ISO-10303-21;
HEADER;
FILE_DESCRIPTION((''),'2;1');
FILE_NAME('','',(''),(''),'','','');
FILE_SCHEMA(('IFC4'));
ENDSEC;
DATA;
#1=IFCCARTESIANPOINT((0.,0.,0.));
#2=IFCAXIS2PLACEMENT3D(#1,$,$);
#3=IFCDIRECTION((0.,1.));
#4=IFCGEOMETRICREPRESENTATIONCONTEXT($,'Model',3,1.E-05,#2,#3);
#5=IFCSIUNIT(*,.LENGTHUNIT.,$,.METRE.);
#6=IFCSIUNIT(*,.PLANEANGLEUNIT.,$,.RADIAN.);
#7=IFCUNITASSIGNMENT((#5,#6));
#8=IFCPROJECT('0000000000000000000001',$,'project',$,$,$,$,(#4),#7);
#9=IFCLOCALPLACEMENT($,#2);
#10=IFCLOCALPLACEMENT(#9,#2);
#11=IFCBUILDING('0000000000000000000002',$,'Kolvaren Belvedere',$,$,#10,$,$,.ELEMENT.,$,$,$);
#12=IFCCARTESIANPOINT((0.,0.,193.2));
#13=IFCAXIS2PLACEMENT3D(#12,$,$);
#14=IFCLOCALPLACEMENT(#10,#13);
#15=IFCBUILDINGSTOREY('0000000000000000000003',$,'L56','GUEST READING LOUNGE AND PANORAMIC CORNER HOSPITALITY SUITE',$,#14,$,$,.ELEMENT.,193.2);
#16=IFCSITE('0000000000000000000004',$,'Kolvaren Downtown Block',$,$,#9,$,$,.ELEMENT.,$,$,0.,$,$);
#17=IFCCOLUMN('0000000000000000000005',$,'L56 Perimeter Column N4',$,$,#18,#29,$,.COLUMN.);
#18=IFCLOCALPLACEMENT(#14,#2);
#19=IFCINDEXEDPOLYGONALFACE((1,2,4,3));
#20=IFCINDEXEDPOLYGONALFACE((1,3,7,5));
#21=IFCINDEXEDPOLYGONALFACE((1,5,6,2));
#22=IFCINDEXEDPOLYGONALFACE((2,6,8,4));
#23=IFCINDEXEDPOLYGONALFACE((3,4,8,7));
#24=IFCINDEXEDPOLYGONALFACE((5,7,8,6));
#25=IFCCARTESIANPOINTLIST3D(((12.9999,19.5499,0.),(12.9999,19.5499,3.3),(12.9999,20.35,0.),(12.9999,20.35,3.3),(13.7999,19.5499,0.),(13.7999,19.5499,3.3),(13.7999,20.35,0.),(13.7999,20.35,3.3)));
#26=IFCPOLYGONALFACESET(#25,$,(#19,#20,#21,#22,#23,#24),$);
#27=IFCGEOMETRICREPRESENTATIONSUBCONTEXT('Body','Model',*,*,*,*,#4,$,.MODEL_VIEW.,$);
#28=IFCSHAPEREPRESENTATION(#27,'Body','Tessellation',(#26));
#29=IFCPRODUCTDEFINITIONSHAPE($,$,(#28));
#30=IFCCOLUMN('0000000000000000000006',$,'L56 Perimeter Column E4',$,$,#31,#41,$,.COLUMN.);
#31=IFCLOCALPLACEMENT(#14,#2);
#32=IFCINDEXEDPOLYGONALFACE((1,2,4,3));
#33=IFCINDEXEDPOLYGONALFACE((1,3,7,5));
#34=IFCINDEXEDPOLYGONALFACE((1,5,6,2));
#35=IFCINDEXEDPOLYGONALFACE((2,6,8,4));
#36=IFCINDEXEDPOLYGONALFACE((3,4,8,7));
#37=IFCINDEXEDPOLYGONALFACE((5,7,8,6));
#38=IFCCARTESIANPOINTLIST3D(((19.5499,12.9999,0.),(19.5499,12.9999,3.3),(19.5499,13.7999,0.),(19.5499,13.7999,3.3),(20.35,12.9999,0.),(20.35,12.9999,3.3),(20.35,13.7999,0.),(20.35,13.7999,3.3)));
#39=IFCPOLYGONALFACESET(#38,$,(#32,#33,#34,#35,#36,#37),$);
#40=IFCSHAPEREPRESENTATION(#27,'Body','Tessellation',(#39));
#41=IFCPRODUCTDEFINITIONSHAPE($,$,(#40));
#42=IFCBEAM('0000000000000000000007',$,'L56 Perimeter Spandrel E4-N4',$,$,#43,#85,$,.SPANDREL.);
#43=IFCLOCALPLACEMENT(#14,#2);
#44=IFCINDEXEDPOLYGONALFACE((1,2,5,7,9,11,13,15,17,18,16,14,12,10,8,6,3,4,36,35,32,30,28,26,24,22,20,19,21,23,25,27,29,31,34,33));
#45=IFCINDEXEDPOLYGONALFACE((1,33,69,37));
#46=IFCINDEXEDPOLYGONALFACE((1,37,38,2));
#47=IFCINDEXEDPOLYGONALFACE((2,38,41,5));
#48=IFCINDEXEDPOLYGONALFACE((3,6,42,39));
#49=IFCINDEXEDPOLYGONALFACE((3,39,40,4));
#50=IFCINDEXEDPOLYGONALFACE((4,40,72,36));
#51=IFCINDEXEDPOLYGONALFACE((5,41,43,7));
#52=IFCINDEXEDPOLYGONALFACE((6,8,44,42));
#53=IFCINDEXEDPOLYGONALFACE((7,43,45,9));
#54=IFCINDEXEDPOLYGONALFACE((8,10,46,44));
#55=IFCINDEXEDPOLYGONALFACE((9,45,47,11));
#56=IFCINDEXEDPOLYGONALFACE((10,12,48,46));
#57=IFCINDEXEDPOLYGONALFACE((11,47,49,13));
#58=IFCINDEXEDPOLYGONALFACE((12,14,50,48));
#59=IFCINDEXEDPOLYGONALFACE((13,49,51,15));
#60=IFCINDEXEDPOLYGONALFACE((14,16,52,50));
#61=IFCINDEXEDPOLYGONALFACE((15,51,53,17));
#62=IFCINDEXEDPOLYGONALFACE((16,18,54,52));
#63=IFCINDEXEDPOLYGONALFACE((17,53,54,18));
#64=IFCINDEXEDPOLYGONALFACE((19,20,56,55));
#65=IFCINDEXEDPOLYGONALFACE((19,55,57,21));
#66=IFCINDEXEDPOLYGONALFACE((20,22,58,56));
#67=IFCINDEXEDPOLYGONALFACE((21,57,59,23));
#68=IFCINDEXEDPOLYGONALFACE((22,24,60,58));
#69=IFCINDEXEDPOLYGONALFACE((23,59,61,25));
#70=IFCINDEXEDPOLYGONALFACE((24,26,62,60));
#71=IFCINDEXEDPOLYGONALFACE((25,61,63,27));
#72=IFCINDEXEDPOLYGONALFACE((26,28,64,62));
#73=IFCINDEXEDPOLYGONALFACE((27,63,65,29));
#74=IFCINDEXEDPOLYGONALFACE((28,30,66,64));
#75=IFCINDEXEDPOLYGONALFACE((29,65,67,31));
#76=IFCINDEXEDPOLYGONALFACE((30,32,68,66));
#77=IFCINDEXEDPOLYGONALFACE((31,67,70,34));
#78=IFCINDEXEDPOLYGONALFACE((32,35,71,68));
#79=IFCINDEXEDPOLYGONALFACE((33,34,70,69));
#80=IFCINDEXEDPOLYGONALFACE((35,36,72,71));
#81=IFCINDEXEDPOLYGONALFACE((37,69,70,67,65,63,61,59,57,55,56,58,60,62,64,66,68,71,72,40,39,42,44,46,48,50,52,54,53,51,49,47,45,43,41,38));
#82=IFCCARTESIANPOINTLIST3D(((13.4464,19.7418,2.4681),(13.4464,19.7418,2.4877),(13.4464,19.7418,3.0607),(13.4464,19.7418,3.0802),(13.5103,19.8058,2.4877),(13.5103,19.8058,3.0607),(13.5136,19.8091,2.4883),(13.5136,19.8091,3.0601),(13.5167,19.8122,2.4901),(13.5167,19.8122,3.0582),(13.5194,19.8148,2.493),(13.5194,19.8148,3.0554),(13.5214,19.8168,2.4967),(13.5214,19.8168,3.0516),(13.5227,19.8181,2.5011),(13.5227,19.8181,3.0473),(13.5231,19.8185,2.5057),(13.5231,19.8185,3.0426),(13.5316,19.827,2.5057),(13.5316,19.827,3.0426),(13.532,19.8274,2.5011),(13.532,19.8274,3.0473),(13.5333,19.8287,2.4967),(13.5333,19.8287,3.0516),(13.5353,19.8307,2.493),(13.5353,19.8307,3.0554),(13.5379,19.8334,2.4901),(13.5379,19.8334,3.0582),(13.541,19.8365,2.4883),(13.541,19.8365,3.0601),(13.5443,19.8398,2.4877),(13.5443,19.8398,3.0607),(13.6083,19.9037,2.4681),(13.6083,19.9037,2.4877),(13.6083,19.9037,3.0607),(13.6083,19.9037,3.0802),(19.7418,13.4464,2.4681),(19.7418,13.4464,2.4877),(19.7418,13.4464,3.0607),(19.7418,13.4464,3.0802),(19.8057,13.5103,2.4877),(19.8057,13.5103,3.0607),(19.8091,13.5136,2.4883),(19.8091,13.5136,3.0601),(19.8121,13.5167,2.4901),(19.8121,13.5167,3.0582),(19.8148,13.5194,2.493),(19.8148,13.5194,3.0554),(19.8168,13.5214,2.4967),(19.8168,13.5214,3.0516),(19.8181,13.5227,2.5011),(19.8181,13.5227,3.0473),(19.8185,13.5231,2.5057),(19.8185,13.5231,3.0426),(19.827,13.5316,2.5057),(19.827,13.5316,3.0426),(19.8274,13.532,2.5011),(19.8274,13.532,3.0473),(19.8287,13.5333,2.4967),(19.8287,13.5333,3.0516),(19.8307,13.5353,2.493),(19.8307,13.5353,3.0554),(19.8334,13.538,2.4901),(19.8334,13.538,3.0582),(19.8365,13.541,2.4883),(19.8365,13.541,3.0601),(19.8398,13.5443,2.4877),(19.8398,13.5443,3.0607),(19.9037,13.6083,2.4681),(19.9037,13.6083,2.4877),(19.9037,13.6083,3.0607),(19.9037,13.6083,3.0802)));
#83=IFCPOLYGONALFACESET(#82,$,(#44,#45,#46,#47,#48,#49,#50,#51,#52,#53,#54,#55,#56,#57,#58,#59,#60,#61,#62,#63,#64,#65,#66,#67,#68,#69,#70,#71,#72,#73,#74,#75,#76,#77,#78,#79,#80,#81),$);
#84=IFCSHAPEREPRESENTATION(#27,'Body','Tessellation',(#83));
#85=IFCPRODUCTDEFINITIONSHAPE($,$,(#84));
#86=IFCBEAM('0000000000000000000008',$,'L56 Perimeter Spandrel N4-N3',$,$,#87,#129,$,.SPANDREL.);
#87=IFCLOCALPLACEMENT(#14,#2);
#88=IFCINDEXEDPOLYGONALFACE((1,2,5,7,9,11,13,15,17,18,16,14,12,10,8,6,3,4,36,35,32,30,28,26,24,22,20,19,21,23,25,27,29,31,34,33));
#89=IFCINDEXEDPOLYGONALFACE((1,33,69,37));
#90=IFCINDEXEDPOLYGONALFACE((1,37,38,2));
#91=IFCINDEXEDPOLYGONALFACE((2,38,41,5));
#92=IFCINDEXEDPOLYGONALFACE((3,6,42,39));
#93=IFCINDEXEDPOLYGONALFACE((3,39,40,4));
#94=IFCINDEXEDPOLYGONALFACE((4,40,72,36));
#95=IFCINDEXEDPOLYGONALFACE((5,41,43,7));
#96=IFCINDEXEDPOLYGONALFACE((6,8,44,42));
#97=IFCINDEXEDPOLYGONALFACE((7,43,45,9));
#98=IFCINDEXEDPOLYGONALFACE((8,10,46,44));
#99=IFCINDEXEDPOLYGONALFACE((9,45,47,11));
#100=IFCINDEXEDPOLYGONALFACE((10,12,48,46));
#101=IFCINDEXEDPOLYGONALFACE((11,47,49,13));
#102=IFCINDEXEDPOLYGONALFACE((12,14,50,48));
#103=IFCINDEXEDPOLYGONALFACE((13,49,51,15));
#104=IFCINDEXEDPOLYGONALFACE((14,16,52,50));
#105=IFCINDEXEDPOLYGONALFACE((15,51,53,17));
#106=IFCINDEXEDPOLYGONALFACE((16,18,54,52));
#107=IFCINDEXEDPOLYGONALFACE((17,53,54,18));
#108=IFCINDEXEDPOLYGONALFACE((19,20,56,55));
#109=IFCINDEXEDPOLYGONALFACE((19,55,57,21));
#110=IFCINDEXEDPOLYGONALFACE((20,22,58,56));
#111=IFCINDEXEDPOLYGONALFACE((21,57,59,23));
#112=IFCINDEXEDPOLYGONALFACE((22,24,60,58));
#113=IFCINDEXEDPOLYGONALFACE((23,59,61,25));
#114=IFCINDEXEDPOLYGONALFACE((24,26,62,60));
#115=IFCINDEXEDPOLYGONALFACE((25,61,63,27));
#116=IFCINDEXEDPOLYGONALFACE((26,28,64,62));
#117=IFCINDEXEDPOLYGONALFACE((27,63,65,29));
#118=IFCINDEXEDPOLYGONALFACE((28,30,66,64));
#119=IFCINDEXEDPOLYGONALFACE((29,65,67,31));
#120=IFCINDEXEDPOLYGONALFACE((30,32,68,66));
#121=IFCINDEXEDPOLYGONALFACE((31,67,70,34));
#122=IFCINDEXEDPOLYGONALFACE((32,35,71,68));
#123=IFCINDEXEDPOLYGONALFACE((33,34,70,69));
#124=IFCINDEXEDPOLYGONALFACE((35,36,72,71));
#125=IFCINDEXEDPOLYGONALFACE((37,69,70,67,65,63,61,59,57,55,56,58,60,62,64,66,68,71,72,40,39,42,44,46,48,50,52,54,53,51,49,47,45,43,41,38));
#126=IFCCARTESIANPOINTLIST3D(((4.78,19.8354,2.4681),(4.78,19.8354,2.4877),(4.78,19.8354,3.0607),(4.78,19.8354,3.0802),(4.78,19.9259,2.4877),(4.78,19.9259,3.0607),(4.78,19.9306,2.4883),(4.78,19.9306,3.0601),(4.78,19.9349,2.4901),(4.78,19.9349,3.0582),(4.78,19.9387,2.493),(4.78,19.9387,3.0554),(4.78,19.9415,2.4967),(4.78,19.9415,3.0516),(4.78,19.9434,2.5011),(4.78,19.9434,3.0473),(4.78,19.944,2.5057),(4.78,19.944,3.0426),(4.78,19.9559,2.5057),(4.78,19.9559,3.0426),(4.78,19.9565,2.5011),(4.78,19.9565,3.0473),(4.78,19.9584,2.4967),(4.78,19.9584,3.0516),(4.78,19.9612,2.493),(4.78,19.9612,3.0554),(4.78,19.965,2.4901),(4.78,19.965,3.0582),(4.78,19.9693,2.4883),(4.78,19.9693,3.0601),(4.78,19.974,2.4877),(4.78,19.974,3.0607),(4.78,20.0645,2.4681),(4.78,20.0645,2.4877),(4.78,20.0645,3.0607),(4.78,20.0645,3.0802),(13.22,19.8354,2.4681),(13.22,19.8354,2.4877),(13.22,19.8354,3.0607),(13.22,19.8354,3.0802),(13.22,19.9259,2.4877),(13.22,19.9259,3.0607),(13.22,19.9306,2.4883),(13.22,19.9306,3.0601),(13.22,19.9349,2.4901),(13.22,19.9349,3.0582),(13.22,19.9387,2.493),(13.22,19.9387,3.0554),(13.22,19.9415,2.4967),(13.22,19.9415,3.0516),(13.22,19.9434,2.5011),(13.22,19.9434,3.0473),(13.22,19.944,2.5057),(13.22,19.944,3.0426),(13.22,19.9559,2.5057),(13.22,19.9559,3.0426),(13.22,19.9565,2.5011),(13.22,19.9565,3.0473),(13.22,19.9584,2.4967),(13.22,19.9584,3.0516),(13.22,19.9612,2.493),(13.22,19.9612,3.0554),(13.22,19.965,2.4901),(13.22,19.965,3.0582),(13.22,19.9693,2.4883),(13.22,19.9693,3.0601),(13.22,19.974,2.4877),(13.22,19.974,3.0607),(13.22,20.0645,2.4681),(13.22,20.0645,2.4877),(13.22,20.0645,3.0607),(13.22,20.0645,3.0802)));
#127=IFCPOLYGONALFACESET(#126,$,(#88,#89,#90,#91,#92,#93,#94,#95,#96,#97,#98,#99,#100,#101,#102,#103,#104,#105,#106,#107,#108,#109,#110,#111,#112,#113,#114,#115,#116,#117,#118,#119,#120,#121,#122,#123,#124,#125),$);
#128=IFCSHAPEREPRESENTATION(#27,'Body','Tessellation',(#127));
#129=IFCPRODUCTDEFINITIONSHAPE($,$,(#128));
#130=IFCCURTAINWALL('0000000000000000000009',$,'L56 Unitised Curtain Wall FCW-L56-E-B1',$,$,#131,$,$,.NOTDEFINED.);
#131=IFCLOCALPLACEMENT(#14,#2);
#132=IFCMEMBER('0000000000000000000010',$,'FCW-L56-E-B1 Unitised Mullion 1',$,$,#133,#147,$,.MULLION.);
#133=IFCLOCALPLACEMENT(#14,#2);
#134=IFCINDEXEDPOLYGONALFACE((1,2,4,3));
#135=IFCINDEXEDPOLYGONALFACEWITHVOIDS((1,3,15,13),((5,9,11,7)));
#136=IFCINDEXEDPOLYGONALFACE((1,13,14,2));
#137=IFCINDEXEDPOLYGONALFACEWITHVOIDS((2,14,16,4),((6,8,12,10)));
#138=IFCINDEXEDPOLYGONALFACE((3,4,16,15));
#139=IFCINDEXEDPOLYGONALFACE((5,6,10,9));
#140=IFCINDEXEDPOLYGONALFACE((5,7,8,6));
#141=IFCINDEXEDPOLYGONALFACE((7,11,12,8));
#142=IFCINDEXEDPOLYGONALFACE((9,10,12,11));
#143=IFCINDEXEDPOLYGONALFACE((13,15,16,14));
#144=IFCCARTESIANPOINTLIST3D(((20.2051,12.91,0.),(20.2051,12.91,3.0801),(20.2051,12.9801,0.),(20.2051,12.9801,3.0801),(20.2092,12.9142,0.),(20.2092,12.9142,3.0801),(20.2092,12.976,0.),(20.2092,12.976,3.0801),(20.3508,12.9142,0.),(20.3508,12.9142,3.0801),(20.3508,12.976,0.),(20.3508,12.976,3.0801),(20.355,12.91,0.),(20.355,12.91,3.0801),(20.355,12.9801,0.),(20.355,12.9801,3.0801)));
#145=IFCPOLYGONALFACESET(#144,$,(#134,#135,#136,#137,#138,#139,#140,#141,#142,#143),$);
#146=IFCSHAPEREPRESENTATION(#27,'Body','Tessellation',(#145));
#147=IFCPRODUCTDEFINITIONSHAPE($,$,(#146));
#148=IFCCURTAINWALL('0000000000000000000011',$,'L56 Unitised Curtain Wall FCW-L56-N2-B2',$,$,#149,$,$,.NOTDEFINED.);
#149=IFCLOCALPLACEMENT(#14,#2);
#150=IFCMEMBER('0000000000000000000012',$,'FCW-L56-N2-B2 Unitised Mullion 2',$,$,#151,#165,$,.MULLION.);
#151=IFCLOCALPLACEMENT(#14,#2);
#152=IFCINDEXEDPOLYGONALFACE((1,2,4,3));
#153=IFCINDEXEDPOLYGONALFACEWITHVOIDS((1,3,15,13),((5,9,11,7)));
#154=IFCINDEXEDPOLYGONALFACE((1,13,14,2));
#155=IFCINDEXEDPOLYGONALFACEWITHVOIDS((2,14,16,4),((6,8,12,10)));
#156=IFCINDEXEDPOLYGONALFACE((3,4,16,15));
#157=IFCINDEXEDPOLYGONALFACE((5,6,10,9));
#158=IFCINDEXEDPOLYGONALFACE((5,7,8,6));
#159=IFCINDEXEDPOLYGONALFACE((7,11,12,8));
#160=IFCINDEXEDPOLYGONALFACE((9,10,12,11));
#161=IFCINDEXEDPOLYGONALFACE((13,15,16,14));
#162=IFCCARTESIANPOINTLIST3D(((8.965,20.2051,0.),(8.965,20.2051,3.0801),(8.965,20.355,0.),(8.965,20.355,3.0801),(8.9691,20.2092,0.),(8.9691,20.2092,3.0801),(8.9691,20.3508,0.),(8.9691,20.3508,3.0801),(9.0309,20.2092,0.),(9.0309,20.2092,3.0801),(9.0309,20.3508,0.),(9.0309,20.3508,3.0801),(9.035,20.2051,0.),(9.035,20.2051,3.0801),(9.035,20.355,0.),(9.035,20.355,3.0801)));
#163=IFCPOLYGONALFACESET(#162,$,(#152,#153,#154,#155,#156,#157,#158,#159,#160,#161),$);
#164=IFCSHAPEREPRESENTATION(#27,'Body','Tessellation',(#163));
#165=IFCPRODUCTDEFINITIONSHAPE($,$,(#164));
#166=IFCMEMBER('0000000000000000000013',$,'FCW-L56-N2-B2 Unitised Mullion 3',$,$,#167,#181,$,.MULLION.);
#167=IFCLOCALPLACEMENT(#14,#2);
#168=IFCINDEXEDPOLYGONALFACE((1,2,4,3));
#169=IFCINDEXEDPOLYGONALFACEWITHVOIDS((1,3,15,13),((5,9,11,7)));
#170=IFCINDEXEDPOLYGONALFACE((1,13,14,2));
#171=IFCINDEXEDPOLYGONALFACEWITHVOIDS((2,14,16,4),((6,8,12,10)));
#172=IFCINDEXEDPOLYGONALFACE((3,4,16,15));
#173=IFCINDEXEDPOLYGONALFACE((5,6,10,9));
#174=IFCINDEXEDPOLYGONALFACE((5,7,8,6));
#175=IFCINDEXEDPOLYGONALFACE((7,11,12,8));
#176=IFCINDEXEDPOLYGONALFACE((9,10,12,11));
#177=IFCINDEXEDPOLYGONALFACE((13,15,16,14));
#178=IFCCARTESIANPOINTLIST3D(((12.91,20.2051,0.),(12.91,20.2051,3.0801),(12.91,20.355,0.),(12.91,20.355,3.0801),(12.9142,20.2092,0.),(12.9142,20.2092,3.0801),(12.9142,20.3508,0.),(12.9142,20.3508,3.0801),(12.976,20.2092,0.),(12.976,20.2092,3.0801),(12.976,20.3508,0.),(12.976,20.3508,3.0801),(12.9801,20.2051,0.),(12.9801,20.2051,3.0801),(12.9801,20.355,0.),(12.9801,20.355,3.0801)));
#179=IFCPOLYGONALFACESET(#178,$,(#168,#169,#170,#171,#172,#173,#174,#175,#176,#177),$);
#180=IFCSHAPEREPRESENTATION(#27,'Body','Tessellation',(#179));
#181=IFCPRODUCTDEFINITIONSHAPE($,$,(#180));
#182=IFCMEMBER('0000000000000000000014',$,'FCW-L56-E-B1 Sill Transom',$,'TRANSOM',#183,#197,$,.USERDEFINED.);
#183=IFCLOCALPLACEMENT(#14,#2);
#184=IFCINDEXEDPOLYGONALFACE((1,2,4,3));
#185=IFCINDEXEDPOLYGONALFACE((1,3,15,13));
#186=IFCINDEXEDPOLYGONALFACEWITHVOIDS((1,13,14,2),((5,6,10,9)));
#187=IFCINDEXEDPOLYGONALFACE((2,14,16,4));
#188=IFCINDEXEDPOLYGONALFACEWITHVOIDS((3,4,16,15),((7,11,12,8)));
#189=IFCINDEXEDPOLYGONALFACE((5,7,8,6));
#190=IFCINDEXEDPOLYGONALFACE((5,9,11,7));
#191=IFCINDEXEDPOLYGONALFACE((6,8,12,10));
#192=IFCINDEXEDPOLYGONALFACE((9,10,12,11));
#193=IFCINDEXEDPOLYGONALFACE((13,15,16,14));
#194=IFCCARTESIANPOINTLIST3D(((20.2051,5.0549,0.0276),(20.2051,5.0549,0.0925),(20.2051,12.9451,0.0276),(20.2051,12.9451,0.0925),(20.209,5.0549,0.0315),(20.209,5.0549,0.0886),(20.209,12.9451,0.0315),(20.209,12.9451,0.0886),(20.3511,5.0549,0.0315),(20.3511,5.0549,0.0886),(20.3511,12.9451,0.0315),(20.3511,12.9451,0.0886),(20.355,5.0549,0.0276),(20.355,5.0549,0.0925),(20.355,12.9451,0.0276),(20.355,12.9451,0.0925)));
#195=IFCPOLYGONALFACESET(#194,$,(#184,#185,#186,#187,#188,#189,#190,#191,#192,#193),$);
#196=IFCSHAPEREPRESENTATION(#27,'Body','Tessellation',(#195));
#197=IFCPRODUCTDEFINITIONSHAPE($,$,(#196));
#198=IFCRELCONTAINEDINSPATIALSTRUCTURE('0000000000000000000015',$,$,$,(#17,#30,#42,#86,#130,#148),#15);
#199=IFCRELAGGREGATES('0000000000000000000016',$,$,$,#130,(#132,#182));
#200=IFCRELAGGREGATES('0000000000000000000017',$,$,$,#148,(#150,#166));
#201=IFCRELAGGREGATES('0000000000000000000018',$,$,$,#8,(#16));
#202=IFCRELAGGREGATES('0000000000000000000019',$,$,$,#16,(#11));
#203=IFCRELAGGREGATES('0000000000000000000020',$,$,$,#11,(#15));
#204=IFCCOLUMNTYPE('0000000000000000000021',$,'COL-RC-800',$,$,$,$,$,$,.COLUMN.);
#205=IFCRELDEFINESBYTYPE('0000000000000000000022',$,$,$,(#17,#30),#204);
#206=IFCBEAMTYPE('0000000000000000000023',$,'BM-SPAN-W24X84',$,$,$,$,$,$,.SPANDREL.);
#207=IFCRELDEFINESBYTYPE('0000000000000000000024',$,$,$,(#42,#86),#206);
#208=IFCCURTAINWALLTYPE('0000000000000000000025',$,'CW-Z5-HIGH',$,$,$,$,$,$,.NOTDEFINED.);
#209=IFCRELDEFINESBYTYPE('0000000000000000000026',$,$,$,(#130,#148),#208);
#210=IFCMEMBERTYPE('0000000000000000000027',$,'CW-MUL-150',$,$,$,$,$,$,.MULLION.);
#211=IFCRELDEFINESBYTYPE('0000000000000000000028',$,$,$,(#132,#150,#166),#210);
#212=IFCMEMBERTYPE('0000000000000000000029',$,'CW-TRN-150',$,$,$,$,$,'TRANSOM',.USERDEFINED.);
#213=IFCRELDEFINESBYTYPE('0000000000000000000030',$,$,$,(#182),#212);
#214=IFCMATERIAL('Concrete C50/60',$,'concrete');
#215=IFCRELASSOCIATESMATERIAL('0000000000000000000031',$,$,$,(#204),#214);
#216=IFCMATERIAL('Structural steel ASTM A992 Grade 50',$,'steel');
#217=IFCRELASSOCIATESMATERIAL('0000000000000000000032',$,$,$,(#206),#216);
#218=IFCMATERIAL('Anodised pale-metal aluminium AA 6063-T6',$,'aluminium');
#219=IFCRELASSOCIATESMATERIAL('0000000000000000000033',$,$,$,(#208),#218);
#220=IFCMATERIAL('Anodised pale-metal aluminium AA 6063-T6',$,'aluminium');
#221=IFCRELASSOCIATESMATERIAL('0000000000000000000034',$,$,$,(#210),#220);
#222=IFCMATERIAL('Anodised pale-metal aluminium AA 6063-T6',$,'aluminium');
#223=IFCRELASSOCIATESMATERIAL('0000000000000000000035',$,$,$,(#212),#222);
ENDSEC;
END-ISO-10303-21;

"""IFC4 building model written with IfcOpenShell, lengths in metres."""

from ifc_helpers import new_model, si_unit, direction, frame, origin, origin_2d, place, context, subcontext, project, spatial, rectangle, hollow_rectangle, i_section, extrude, material, material_profile, profile_set, type_object, element, aggregate, save


model = new_model("IFC4")

# Units and contexts
model_context = context("Model", 3, precision=1e-05, world=origin(), true_north=direction((0.0, 1.0)))
body_context = subcontext(model_context, "Body", "Model", "MODEL_VIEW")
ifc_project = project(units=[si_unit("LENGTHUNIT", "METRE"), si_unit("PLANEANGLEUNIT", "RADIAN")], contexts=[model_context])

# Site, building, storey
site_placement = place(None, origin())
site = spatial("IfcSite", under=ifc_project, at=site_placement, Name="Kolvaren Downtown Block", CompositionType="ELEMENT", RefElevation=0.0)
building_placement = place(site_placement, origin())
building = spatial("IfcBuilding", under=site, at=building_placement, Name="Kolvaren Belvedere", CompositionType="ELEMENT")
storey_placement = place(building_placement, frame((0.0, 0.0, 193.2)))
storey = spatial("IfcBuildingStorey", under=building, at=storey_placement, Name="L56", Description="GUEST READING LOUNGE AND PANORAMIC CORNER HOSPITALITY SUITE", CompositionType="ELEMENT", Elevation=193.2)

# Columns
ifc_material_1 = material(Name="Concrete C50/60", Category="concrete")
ifc_material_profile_1 = material_profile(ifc_material_1, rectangle(XDim=0.8, YDim=0.8, at=origin_2d()), Name="RC 800X800")
ifc_profile_set_1 = profile_set([ifc_material_profile_1], Name="Concrete C50/60")
column_type = type_object("IfcColumnType", Name="COL-RC-800", PredefinedType="COLUMN", material=ifc_profile_set_1)
for number, where, z_axis, x_axis, name in (
    (1, (13.3999, 19.95, 0.0), (0.0, 0.0, 1.0), (1.0, 0.0, 0.0), "L56 Perimeter Column N4"),
    (2, (19.95, 13.3999, 0.0), (0.0, 0.0, 1.0), (1.0, 0.0, 0.0), "L56 Perimeter Column E4"),
):
    element("IfcColumn", number, at=place(storey_placement, frame(where, z_axis=z_axis, x_axis=x_axis)), inside=storey, type_object=column_type, Name=name, PredefinedType="COLUMN", context=body_context, shape_type="SweptSolid", body=[
        extrude(rectangle(XDim=0.8, YDim=0.8, at=origin_2d()), origin(), (0.0, 0.0, 1.0), 3.3),
    ])

# Beams
ifc_material_2 = material(Name="Structural steel ASTM A992 Grade 50", Category="steel")
ifc_material_profile_2 = material_profile(ifc_material_2, i_section(OverallWidth=0.229, OverallDepth=0.6121, WebThickness=0.012, FlangeThickness=0.0195, FilletRadius=0.0181, at=origin_2d()), Name="W24X84")
ifc_profile_set_2 = profile_set([ifc_material_profile_2], Name="Structural steel ASTM A992 Grade 50")
beam_type = type_object("IfcBeamType", Name="BM-SPAN-W24X84", PredefinedType="SPANDREL", material=ifc_profile_set_2)
beam_1_placement = place(storey_placement, frame((19.8228, 13.5273, 2.7742), z_axis=(-0.707107, 0.707107, 0.0), x_axis=(-0.707107, -0.707107, 0.0)))
element("IfcBeam", 3, at=beam_1_placement, inside=storey, type_object=beam_type, Name="L56 Perimeter Spandrel E4-N4", PredefinedType="SPANDREL", context=body_context, shape_type="SweptSolid", body=[
    extrude(i_section(OverallWidth=0.229, OverallDepth=0.6121, WebThickness=0.012, FlangeThickness=0.0195, FilletRadius=0.0181, at=origin_2d()), origin(), (0.0, 0.0, 1.0), 8.9031),
])
beam_2_placement = place(storey_placement, frame((13.22, 19.95, 2.7742), z_axis=(-1.0, 0.0, 0.0), x_axis=(0.0, -1.0, 0.0)))
element("IfcBeam", 4, at=beam_2_placement, inside=storey, type_object=beam_type, Name="L56 Perimeter Spandrel N4-N3", PredefinedType="SPANDREL", context=body_context, shape_type="SweptSolid", body=[
    extrude(i_section(OverallWidth=0.229, OverallDepth=0.6121, WebThickness=0.012, FlangeThickness=0.0195, FilletRadius=0.0181, at=origin_2d()), origin(), (0.0, 0.0, 1.0), 8.4399),
])

# Curtain wall, member
ifc_material_3 = material(Name="Anodised pale-metal aluminium AA 6063-T6", Category="aluminium")
curtain_wall_type = type_object("IfcCurtainWallType", Name="CW-Z5-HIGH", PredefinedType="NOTDEFINED", material=ifc_material_3)
curtain_wall_1_placement = place(storey_placement, origin())
curtain_wall_1 = element("IfcCurtainWall", 5, at=curtain_wall_1_placement, inside=storey, type_object=curtain_wall_type, Name="L56 Unitised Curtain Wall FCW-L56-E-B1", PredefinedType="NOTDEFINED")
ifc_material_4 = material(Name="Anodised pale-metal aluminium AA 6063-T6", Category="aluminium")
ifc_material_profile_3 = material_profile(ifc_material_4, hollow_rectangle(XDim=0.0701, YDim=0.1499, WallThickness=0.0042, at=origin_2d()), Name="ALU-MUL-150X70")
ifc_profile_set_3 = profile_set([ifc_material_profile_3], Name="Anodised pale-metal aluminium AA 6063-T6")
member_type_1 = type_object("IfcMemberType", Name="CW-MUL-150", PredefinedType="MULLION", material=ifc_profile_set_3)
member_1_placement = place(storey_placement, frame((20.28, 12.9451, 0.0), z_axis=(0.0, 0.0, 1.0), x_axis=(0.0, 1.0, 0.0)))
member_1 = element("IfcMember", 6, at=member_1_placement, type_object=member_type_1, Name="FCW-L56-E-B1 Unitised Mullion 1", PredefinedType="MULLION", context=body_context, shape_type="SweptSolid", body=[
    extrude(hollow_rectangle(XDim=0.0701, YDim=0.1499, WallThickness=0.0042, at=origin_2d()), origin(), (0.0, 0.0, 1.0), 3.0801),
])

# Curtain wall, members
curtain_wall_2_placement = place(storey_placement, origin())
curtain_wall_2 = element("IfcCurtainWall", 7, at=curtain_wall_2_placement, inside=storey, type_object=curtain_wall_type, Name="L56 Unitised Curtain Wall FCW-L56-N2-B2", PredefinedType="NOTDEFINED")
member_2_placement = place(storey_placement, frame((9.0, 20.28, 0.0), z_axis=(0.0, 0.0, 1.0), x_axis=(1.0, 0.0, 0.0)))
member_2 = element("IfcMember", 8, at=member_2_placement, type_object=member_type_1, Name="FCW-L56-N2-B2 Unitised Mullion 2", PredefinedType="MULLION", context=body_context, shape_type="SweptSolid", body=[
    extrude(hollow_rectangle(XDim=0.0701, YDim=0.1499, WallThickness=0.0042, at=origin_2d()), origin(), (0.0, 0.0, 1.0), 3.0801),
])
member_3_placement = place(storey_placement, frame((12.9451, 20.28, 0.0), z_axis=(0.0, 0.0, 1.0), x_axis=(1.0, 0.0, 0.0)))
member_3 = element("IfcMember", 9, at=member_3_placement, type_object=member_type_1, Name="FCW-L56-N2-B2 Unitised Mullion 3", PredefinedType="MULLION", context=body_context, shape_type="SweptSolid", body=[
    extrude(hollow_rectangle(XDim=0.0701, YDim=0.1499, WallThickness=0.0042, at=origin_2d()), origin(), (0.0, 0.0, 1.0), 3.0801),
])

# Member
ifc_material_5 = material(Name="Anodised pale-metal aluminium AA 6063-T6", Category="aluminium")
ifc_material_profile_4 = material_profile(ifc_material_5, hollow_rectangle(XDim=0.0649, YDim=0.1499, WallThickness=0.0039, at=origin_2d()), Name="ALU-TRN-150X65")
ifc_profile_set_4 = profile_set([ifc_material_profile_4], Name="Anodised pale-metal aluminium AA 6063-T6")
member_type_2 = type_object("IfcMemberType", Name="CW-TRN-150", ElementType="TRANSOM", PredefinedType="USERDEFINED", material=ifc_profile_set_4)
member_4_placement = place(storey_placement, frame((20.28, 12.9451, 0.0601), z_axis=(0.0, -1.0, 0.0), x_axis=(0.0, 0.0, 1.0)))
member_4 = element("IfcMember", 10, at=member_4_placement, type_object=member_type_2, Name="FCW-L56-E-B1 Sill Transom", ObjectType="TRANSOM", PredefinedType="USERDEFINED", context=body_context, shape_type="SweptSolid", body=[
    extrude(hollow_rectangle(XDim=0.0649, YDim=0.1499, WallThickness=0.0039, at=origin_2d()), origin(), (0.0, 0.0, 1.0), 7.8901),
])

aggregate(curtain_wall_1, [member_1, member_4])
aggregate(curtain_wall_2, [member_2, member_3])

save(model, "model.ifc")
